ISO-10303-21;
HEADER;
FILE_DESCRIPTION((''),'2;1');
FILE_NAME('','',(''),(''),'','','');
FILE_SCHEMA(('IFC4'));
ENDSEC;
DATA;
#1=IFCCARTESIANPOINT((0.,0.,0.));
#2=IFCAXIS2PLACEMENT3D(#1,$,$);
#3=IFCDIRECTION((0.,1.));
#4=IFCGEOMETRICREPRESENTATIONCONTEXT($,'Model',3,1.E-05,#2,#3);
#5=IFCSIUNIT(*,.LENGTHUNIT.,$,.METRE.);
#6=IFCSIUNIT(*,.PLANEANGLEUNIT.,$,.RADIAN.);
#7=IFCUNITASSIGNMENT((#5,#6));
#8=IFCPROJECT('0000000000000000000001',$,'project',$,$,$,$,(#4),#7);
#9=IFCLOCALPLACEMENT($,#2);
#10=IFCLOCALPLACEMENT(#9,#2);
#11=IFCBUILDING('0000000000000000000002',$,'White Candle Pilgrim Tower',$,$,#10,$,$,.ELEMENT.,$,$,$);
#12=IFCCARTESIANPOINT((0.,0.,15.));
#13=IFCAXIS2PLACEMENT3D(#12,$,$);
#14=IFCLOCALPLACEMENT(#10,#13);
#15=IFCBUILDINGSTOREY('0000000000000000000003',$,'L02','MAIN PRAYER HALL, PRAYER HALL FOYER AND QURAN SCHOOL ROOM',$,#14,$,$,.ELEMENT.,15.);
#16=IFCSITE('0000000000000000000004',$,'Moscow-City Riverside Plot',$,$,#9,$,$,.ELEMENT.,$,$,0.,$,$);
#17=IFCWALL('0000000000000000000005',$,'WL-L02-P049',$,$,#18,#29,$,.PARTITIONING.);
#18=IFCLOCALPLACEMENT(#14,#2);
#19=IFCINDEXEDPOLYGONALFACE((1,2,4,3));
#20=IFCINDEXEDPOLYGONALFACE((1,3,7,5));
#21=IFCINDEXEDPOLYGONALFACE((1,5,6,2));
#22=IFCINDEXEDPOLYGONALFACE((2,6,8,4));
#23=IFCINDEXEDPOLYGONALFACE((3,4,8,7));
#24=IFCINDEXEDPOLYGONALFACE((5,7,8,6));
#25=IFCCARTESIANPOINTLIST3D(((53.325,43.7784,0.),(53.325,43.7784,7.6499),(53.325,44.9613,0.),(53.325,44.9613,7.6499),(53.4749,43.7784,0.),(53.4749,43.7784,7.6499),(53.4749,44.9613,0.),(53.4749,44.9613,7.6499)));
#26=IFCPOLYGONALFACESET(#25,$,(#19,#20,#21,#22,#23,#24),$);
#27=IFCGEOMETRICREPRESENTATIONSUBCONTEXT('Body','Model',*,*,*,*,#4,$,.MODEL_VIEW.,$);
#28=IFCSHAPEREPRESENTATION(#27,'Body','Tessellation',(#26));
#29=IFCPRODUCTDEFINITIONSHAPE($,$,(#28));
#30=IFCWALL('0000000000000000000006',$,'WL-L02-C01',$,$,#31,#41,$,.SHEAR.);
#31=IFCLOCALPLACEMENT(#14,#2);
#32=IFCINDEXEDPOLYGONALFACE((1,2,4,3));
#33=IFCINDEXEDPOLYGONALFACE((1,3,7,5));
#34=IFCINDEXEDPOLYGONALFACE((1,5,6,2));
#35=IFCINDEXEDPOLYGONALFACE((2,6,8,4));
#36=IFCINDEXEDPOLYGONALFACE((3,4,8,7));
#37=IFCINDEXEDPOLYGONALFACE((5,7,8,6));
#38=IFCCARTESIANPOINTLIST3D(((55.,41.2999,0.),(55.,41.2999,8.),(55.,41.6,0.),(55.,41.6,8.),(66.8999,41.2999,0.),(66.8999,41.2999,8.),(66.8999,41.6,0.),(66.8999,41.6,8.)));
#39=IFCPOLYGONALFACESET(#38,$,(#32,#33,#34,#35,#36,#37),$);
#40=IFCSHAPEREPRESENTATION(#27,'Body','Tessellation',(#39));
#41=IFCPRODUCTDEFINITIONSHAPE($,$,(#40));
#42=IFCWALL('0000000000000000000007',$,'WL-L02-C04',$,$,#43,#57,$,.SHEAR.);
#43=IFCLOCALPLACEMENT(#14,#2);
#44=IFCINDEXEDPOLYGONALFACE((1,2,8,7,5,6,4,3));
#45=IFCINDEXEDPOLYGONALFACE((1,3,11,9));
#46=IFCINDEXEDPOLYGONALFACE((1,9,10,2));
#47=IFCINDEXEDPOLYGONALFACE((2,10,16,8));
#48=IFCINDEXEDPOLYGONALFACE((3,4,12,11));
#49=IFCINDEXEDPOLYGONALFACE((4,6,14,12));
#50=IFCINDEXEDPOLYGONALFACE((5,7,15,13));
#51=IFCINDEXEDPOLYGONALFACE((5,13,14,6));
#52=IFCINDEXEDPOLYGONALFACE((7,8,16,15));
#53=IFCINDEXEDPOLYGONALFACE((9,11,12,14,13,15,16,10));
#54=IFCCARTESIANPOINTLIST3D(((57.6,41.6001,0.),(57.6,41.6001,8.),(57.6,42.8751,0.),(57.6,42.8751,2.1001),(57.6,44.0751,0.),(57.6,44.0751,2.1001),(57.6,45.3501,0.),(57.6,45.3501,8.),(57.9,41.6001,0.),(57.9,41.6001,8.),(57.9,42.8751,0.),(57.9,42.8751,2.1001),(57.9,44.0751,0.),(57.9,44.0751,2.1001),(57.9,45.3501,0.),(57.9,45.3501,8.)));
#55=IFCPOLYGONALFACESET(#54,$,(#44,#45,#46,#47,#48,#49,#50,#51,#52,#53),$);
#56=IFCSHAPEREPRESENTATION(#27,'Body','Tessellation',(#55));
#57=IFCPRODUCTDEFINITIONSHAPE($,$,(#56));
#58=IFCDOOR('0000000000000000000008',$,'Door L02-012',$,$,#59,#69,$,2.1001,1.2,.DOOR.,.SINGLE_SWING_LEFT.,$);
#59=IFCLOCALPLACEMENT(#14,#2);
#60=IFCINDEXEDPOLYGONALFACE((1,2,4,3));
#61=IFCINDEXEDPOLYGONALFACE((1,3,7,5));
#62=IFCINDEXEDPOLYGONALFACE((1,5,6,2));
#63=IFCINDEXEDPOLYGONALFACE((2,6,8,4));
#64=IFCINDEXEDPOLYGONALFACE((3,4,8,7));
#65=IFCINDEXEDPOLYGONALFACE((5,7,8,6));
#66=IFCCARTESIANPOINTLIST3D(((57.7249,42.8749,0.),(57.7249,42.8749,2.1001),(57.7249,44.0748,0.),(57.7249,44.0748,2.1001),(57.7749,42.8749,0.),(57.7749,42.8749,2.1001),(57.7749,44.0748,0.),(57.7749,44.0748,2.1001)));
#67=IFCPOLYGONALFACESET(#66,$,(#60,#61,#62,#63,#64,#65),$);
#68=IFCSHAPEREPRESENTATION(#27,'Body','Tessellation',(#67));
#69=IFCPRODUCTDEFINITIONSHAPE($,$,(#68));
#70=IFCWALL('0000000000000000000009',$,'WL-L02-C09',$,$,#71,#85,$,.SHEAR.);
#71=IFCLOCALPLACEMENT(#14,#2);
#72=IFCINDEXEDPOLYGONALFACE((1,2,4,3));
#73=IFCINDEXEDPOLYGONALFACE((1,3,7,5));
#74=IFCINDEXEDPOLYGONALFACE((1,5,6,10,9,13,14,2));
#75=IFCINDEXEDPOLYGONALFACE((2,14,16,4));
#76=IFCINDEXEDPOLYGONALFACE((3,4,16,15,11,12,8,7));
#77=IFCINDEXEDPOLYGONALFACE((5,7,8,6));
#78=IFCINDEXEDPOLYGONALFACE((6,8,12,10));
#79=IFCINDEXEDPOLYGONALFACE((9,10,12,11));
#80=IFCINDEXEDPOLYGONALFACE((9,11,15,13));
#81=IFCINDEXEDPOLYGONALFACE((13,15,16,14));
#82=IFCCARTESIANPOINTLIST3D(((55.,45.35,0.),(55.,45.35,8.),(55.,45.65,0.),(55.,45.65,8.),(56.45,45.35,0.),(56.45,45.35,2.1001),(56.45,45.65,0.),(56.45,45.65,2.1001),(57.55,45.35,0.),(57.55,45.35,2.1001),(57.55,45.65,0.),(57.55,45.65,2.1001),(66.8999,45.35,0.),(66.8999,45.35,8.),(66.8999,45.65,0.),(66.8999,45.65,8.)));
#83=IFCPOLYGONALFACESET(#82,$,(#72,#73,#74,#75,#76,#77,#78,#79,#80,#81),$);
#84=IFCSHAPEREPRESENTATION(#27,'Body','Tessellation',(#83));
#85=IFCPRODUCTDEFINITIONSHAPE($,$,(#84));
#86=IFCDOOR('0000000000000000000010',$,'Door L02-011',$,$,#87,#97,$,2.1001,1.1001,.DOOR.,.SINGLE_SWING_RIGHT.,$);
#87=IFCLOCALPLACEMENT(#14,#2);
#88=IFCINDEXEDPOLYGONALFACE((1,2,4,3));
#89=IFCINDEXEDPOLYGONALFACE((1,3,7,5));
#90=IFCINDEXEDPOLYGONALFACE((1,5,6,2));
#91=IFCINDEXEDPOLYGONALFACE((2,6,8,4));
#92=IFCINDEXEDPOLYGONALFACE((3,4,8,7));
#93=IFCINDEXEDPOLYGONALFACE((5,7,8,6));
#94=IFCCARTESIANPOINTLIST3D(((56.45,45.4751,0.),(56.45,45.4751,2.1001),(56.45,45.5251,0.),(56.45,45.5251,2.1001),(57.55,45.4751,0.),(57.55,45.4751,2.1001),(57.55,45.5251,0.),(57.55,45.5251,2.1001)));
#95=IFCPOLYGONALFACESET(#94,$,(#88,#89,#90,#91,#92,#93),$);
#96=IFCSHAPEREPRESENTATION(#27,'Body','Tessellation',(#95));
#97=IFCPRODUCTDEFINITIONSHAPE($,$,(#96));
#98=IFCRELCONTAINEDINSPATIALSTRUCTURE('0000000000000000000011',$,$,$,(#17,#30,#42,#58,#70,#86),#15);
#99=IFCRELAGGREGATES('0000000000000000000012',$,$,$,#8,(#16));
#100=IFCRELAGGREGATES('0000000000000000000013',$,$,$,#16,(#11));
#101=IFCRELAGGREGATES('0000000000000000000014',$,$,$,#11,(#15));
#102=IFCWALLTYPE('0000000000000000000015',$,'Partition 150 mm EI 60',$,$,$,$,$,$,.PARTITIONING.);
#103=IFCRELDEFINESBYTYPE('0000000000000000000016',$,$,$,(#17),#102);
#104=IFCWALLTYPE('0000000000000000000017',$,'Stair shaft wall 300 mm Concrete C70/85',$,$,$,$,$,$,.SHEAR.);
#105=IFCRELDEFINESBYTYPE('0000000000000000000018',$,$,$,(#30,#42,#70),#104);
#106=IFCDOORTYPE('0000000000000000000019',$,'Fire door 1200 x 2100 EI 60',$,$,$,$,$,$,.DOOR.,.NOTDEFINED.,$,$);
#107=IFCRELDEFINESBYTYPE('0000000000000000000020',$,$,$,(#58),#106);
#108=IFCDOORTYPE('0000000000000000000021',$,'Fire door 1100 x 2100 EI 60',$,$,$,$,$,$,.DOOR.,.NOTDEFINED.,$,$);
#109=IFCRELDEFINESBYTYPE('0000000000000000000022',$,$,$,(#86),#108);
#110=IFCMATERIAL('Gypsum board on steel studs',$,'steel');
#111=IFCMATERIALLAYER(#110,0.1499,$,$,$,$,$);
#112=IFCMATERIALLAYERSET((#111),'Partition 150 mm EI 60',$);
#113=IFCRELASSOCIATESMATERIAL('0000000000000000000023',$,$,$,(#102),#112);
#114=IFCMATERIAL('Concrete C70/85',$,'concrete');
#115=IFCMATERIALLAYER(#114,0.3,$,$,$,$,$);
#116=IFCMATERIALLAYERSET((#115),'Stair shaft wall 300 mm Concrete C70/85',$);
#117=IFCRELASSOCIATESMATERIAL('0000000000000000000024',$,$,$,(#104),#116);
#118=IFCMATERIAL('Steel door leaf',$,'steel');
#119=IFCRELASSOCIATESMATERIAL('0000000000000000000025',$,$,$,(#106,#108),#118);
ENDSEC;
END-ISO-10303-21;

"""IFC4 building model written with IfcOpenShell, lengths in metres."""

from ifc_helpers import new_model, si_unit, direction, frame, frame_2d, origin, place, context, subcontext, project, spatial, rectangle, extrude, material, layer, layer_set, type_object, element, fill, save


model = new_model("IFC4")

# Units and contexts
model_context = context("Model", 3, precision=1e-05, world=origin(), true_north=direction((0.0, 1.0)))
body_context = subcontext(model_context, "Body", "Model", "MODEL_VIEW")
ifc_project = project(units=[si_unit("LENGTHUNIT", "METRE"), si_unit("PLANEANGLEUNIT", "RADIAN")], contexts=[model_context])

# Site, building, storey
site_placement = place(None, origin())
site = spatial("IfcSite", under=ifc_project, at=site_placement, Name="Moscow-City Riverside Plot", CompositionType="ELEMENT", RefElevation=0.0)
building_placement = place(site_placement, origin())
building = spatial("IfcBuilding", under=site, at=building_placement, Name="White Candle Pilgrim Tower", CompositionType="ELEMENT")
storey_placement = place(building_placement, frame((0.0, 0.0, 15.0)))
storey = spatial("IfcBuildingStorey", under=building, at=storey_placement, Name="L02", Description="MAIN PRAYER HALL, PRAYER HALL FOYER AND QURAN SCHOOL ROOM", CompositionType="ELEMENT", Elevation=15.0)

# Shared definitions
ifc_material_1 = material(Name="Concrete C70/85", Category="concrete")

# Shared definitions
ifc_material_2 = material(Name="Steel door leaf", Category="steel")

# Walls
ifc_material_3 = material(Name="Gypsum board on steel studs", Category="steel")
ifc_layer_1 = layer(ifc_material_3, 0.1499)
ifc_layer_set_1 = layer_set([ifc_layer_1], Name="Partition 150 mm EI 60")
wall_type_1 = type_object("IfcWallType", Name="Partition 150 mm EI 60", PredefinedType="PARTITIONING", material=ifc_layer_set_1)
wall_1_placement = place(storey_placement, frame((53.3999, 44.9612, 0.0), z_axis=(0.0, 0.0, 1.0), x_axis=(0.0, -1.0, 0.0)))
element("IfcWall", 1, at=wall_1_placement, inside=storey, type_object=wall_type_1, Name="WL-L02-P049", PredefinedType="PARTITIONING", context=body_context, shape_type="SweptSolid", body=[
    extrude(rectangle(XDim=1.1829, YDim=0.1499, at=frame_2d((0.5913, 0.0))), origin(), (0.0, 0.0, 1.0), 7.6499),
])
ifc_layer_2 = layer(ifc_material_1, 0.3)
ifc_layer_set_2 = layer_set([ifc_layer_2], Name="Stair shaft wall 300 mm Concrete C70/85")
wall_type_2 = type_object("IfcWallType", Name="Stair shaft wall 300 mm Concrete C70/85", PredefinedType="SHEAR", material=ifc_layer_set_2)
wall_2_placement = place(storey_placement, frame((55.0, 41.45, 0.0), z_axis=(0.0, 0.0, 1.0), x_axis=(1.0, 0.0, 0.0)))
element("IfcWall", 2, at=wall_2_placement, inside=storey, type_object=wall_type_2, Name="WL-L02-C01", PredefinedType="SHEAR", context=body_context, shape_type="SweptSolid", body=[
    extrude(rectangle(XDim=11.8999, YDim=0.3, at=frame_2d((5.95, 0.0))), origin(), (0.0, 0.0, 1.0), 8.0),
])

# Walls, openings, doors
wall_3_placement = place(storey_placement, frame((57.75, 41.6001, 0.0), z_axis=(0.0, 0.0, 1.0), x_axis=(0.0, 1.0, 0.0)))
wall_3 = element("IfcWall", 3, at=wall_3_placement, inside=storey, type_object=wall_type_2, Name="WL-L02-C04", PredefinedType="SHEAR", context=body_context, shape_type="SweptSolid", body=[
    extrude(rectangle(XDim=3.75, YDim=0.3, at=frame_2d((1.875, 0.0))), origin(), (0.0, 0.0, 1.0), 8.0),
])
opening_1_placement = place(wall_3_placement, frame((1.2749, 0.0, 0.0)))
opening_1 = element("IfcOpeningElement", 4, at=opening_1_placement, cuts=wall_3, PredefinedType="OPENING", context=body_context, shape_type="SweptSolid", body=[
    extrude(rectangle(XDim=1.2, YDim=2.1001, at=frame_2d((0.6001, 1.05))), frame((0.0, 0.1599, 0.0), z_axis=(0.0, -1.0, 0.0), x_axis=(1.0, 0.0, 0.0)), (0.0, 0.0, 1.0), 0.3201),
])
door_type_1 = type_object("IfcDoorType", Name="Fire door 1200 x 2100 EI 60", OperationType="NOTDEFINED", PredefinedType="DOOR", material=ifc_material_2)
door_1_placement = place(opening_1_placement, frame((1.2, 0.0, 0.0), z_axis=(0.0, 0.0, 1.0), x_axis=(-1.0, 0.0, 0.0)))
door_1 = element("IfcDoor", 5, at=door_1_placement, inside=storey, type_object=door_type_1, Name="Door L02-012", OperationType="SINGLE_SWING_LEFT", OverallHeight=2.1001, OverallWidth=1.2, PredefinedType="DOOR", context=body_context, shape_type="SweptSolid", body=[
    extrude(rectangle(XDim=1.2, YDim=2.1001, at=frame_2d((0.6001, 1.05))), frame((0.0, 0.0249, 0.0), z_axis=(0.0, -1.0, 0.0), x_axis=(1.0, 0.0, 0.0)), (0.0, 0.0, 1.0), 0.05),
])
fill(opening_1, door_1)
wall_4_placement = place(storey_placement, frame((55.0, 45.5, 0.0), z_axis=(0.0, 0.0, 1.0), x_axis=(1.0, 0.0, 0.0)))
wall_4 = element("IfcWall", 6, at=wall_4_placement, inside=storey, type_object=wall_type_2, Name="WL-L02-C09", PredefinedType="SHEAR", context=body_context, shape_type="SweptSolid", body=[
    extrude(rectangle(XDim=11.8999, YDim=0.3, at=frame_2d((5.95, 0.0))), origin(), (0.0, 0.0, 1.0), 8.0),
])
opening_2_placement = place(wall_4_placement, frame((1.45, 0.0, 0.0)))
opening_2 = element("IfcOpeningElement", 7, at=opening_2_placement, cuts=wall_4, PredefinedType="OPENING", context=body_context, shape_type="SweptSolid", body=[
    extrude(rectangle(XDim=1.1001, YDim=2.1001, at=frame_2d((0.55, 1.05))), frame((0.0, 0.1599, 0.0), z_axis=(0.0, -1.0, 0.0), x_axis=(1.0, 0.0, 0.0)), (0.0, 0.0, 1.0), 0.3201),
])
door_type_2 = type_object("IfcDoorType", Name="Fire door 1100 x 2100 EI 60", OperationType="NOTDEFINED", PredefinedType="DOOR", material=ifc_material_2)
door_2_placement = place(opening_2_placement, frame((1.1001, 0.0, 0.0), z_axis=(0.0, 0.0, 1.0), x_axis=(-1.0, 0.0, 0.0)))
door_2 = element("IfcDoor", 8, at=door_2_placement, inside=storey, type_object=door_type_2, Name="Door L02-011", OperationType="SINGLE_SWING_RIGHT", OverallHeight=2.1001, OverallWidth=1.1001, PredefinedType="DOOR", context=body_context, shape_type="SweptSolid", body=[
    extrude(rectangle(XDim=1.1001, YDim=2.1001, at=frame_2d((0.55, 1.05))), frame((0.0, 0.0249, 0.0), z_axis=(0.0, -1.0, 0.0), x_axis=(1.0, 0.0, 0.0)), (0.0, 0.0, 1.0), 0.05),
])
fill(opening_2, door_2)

save(model, "model.ifc")
